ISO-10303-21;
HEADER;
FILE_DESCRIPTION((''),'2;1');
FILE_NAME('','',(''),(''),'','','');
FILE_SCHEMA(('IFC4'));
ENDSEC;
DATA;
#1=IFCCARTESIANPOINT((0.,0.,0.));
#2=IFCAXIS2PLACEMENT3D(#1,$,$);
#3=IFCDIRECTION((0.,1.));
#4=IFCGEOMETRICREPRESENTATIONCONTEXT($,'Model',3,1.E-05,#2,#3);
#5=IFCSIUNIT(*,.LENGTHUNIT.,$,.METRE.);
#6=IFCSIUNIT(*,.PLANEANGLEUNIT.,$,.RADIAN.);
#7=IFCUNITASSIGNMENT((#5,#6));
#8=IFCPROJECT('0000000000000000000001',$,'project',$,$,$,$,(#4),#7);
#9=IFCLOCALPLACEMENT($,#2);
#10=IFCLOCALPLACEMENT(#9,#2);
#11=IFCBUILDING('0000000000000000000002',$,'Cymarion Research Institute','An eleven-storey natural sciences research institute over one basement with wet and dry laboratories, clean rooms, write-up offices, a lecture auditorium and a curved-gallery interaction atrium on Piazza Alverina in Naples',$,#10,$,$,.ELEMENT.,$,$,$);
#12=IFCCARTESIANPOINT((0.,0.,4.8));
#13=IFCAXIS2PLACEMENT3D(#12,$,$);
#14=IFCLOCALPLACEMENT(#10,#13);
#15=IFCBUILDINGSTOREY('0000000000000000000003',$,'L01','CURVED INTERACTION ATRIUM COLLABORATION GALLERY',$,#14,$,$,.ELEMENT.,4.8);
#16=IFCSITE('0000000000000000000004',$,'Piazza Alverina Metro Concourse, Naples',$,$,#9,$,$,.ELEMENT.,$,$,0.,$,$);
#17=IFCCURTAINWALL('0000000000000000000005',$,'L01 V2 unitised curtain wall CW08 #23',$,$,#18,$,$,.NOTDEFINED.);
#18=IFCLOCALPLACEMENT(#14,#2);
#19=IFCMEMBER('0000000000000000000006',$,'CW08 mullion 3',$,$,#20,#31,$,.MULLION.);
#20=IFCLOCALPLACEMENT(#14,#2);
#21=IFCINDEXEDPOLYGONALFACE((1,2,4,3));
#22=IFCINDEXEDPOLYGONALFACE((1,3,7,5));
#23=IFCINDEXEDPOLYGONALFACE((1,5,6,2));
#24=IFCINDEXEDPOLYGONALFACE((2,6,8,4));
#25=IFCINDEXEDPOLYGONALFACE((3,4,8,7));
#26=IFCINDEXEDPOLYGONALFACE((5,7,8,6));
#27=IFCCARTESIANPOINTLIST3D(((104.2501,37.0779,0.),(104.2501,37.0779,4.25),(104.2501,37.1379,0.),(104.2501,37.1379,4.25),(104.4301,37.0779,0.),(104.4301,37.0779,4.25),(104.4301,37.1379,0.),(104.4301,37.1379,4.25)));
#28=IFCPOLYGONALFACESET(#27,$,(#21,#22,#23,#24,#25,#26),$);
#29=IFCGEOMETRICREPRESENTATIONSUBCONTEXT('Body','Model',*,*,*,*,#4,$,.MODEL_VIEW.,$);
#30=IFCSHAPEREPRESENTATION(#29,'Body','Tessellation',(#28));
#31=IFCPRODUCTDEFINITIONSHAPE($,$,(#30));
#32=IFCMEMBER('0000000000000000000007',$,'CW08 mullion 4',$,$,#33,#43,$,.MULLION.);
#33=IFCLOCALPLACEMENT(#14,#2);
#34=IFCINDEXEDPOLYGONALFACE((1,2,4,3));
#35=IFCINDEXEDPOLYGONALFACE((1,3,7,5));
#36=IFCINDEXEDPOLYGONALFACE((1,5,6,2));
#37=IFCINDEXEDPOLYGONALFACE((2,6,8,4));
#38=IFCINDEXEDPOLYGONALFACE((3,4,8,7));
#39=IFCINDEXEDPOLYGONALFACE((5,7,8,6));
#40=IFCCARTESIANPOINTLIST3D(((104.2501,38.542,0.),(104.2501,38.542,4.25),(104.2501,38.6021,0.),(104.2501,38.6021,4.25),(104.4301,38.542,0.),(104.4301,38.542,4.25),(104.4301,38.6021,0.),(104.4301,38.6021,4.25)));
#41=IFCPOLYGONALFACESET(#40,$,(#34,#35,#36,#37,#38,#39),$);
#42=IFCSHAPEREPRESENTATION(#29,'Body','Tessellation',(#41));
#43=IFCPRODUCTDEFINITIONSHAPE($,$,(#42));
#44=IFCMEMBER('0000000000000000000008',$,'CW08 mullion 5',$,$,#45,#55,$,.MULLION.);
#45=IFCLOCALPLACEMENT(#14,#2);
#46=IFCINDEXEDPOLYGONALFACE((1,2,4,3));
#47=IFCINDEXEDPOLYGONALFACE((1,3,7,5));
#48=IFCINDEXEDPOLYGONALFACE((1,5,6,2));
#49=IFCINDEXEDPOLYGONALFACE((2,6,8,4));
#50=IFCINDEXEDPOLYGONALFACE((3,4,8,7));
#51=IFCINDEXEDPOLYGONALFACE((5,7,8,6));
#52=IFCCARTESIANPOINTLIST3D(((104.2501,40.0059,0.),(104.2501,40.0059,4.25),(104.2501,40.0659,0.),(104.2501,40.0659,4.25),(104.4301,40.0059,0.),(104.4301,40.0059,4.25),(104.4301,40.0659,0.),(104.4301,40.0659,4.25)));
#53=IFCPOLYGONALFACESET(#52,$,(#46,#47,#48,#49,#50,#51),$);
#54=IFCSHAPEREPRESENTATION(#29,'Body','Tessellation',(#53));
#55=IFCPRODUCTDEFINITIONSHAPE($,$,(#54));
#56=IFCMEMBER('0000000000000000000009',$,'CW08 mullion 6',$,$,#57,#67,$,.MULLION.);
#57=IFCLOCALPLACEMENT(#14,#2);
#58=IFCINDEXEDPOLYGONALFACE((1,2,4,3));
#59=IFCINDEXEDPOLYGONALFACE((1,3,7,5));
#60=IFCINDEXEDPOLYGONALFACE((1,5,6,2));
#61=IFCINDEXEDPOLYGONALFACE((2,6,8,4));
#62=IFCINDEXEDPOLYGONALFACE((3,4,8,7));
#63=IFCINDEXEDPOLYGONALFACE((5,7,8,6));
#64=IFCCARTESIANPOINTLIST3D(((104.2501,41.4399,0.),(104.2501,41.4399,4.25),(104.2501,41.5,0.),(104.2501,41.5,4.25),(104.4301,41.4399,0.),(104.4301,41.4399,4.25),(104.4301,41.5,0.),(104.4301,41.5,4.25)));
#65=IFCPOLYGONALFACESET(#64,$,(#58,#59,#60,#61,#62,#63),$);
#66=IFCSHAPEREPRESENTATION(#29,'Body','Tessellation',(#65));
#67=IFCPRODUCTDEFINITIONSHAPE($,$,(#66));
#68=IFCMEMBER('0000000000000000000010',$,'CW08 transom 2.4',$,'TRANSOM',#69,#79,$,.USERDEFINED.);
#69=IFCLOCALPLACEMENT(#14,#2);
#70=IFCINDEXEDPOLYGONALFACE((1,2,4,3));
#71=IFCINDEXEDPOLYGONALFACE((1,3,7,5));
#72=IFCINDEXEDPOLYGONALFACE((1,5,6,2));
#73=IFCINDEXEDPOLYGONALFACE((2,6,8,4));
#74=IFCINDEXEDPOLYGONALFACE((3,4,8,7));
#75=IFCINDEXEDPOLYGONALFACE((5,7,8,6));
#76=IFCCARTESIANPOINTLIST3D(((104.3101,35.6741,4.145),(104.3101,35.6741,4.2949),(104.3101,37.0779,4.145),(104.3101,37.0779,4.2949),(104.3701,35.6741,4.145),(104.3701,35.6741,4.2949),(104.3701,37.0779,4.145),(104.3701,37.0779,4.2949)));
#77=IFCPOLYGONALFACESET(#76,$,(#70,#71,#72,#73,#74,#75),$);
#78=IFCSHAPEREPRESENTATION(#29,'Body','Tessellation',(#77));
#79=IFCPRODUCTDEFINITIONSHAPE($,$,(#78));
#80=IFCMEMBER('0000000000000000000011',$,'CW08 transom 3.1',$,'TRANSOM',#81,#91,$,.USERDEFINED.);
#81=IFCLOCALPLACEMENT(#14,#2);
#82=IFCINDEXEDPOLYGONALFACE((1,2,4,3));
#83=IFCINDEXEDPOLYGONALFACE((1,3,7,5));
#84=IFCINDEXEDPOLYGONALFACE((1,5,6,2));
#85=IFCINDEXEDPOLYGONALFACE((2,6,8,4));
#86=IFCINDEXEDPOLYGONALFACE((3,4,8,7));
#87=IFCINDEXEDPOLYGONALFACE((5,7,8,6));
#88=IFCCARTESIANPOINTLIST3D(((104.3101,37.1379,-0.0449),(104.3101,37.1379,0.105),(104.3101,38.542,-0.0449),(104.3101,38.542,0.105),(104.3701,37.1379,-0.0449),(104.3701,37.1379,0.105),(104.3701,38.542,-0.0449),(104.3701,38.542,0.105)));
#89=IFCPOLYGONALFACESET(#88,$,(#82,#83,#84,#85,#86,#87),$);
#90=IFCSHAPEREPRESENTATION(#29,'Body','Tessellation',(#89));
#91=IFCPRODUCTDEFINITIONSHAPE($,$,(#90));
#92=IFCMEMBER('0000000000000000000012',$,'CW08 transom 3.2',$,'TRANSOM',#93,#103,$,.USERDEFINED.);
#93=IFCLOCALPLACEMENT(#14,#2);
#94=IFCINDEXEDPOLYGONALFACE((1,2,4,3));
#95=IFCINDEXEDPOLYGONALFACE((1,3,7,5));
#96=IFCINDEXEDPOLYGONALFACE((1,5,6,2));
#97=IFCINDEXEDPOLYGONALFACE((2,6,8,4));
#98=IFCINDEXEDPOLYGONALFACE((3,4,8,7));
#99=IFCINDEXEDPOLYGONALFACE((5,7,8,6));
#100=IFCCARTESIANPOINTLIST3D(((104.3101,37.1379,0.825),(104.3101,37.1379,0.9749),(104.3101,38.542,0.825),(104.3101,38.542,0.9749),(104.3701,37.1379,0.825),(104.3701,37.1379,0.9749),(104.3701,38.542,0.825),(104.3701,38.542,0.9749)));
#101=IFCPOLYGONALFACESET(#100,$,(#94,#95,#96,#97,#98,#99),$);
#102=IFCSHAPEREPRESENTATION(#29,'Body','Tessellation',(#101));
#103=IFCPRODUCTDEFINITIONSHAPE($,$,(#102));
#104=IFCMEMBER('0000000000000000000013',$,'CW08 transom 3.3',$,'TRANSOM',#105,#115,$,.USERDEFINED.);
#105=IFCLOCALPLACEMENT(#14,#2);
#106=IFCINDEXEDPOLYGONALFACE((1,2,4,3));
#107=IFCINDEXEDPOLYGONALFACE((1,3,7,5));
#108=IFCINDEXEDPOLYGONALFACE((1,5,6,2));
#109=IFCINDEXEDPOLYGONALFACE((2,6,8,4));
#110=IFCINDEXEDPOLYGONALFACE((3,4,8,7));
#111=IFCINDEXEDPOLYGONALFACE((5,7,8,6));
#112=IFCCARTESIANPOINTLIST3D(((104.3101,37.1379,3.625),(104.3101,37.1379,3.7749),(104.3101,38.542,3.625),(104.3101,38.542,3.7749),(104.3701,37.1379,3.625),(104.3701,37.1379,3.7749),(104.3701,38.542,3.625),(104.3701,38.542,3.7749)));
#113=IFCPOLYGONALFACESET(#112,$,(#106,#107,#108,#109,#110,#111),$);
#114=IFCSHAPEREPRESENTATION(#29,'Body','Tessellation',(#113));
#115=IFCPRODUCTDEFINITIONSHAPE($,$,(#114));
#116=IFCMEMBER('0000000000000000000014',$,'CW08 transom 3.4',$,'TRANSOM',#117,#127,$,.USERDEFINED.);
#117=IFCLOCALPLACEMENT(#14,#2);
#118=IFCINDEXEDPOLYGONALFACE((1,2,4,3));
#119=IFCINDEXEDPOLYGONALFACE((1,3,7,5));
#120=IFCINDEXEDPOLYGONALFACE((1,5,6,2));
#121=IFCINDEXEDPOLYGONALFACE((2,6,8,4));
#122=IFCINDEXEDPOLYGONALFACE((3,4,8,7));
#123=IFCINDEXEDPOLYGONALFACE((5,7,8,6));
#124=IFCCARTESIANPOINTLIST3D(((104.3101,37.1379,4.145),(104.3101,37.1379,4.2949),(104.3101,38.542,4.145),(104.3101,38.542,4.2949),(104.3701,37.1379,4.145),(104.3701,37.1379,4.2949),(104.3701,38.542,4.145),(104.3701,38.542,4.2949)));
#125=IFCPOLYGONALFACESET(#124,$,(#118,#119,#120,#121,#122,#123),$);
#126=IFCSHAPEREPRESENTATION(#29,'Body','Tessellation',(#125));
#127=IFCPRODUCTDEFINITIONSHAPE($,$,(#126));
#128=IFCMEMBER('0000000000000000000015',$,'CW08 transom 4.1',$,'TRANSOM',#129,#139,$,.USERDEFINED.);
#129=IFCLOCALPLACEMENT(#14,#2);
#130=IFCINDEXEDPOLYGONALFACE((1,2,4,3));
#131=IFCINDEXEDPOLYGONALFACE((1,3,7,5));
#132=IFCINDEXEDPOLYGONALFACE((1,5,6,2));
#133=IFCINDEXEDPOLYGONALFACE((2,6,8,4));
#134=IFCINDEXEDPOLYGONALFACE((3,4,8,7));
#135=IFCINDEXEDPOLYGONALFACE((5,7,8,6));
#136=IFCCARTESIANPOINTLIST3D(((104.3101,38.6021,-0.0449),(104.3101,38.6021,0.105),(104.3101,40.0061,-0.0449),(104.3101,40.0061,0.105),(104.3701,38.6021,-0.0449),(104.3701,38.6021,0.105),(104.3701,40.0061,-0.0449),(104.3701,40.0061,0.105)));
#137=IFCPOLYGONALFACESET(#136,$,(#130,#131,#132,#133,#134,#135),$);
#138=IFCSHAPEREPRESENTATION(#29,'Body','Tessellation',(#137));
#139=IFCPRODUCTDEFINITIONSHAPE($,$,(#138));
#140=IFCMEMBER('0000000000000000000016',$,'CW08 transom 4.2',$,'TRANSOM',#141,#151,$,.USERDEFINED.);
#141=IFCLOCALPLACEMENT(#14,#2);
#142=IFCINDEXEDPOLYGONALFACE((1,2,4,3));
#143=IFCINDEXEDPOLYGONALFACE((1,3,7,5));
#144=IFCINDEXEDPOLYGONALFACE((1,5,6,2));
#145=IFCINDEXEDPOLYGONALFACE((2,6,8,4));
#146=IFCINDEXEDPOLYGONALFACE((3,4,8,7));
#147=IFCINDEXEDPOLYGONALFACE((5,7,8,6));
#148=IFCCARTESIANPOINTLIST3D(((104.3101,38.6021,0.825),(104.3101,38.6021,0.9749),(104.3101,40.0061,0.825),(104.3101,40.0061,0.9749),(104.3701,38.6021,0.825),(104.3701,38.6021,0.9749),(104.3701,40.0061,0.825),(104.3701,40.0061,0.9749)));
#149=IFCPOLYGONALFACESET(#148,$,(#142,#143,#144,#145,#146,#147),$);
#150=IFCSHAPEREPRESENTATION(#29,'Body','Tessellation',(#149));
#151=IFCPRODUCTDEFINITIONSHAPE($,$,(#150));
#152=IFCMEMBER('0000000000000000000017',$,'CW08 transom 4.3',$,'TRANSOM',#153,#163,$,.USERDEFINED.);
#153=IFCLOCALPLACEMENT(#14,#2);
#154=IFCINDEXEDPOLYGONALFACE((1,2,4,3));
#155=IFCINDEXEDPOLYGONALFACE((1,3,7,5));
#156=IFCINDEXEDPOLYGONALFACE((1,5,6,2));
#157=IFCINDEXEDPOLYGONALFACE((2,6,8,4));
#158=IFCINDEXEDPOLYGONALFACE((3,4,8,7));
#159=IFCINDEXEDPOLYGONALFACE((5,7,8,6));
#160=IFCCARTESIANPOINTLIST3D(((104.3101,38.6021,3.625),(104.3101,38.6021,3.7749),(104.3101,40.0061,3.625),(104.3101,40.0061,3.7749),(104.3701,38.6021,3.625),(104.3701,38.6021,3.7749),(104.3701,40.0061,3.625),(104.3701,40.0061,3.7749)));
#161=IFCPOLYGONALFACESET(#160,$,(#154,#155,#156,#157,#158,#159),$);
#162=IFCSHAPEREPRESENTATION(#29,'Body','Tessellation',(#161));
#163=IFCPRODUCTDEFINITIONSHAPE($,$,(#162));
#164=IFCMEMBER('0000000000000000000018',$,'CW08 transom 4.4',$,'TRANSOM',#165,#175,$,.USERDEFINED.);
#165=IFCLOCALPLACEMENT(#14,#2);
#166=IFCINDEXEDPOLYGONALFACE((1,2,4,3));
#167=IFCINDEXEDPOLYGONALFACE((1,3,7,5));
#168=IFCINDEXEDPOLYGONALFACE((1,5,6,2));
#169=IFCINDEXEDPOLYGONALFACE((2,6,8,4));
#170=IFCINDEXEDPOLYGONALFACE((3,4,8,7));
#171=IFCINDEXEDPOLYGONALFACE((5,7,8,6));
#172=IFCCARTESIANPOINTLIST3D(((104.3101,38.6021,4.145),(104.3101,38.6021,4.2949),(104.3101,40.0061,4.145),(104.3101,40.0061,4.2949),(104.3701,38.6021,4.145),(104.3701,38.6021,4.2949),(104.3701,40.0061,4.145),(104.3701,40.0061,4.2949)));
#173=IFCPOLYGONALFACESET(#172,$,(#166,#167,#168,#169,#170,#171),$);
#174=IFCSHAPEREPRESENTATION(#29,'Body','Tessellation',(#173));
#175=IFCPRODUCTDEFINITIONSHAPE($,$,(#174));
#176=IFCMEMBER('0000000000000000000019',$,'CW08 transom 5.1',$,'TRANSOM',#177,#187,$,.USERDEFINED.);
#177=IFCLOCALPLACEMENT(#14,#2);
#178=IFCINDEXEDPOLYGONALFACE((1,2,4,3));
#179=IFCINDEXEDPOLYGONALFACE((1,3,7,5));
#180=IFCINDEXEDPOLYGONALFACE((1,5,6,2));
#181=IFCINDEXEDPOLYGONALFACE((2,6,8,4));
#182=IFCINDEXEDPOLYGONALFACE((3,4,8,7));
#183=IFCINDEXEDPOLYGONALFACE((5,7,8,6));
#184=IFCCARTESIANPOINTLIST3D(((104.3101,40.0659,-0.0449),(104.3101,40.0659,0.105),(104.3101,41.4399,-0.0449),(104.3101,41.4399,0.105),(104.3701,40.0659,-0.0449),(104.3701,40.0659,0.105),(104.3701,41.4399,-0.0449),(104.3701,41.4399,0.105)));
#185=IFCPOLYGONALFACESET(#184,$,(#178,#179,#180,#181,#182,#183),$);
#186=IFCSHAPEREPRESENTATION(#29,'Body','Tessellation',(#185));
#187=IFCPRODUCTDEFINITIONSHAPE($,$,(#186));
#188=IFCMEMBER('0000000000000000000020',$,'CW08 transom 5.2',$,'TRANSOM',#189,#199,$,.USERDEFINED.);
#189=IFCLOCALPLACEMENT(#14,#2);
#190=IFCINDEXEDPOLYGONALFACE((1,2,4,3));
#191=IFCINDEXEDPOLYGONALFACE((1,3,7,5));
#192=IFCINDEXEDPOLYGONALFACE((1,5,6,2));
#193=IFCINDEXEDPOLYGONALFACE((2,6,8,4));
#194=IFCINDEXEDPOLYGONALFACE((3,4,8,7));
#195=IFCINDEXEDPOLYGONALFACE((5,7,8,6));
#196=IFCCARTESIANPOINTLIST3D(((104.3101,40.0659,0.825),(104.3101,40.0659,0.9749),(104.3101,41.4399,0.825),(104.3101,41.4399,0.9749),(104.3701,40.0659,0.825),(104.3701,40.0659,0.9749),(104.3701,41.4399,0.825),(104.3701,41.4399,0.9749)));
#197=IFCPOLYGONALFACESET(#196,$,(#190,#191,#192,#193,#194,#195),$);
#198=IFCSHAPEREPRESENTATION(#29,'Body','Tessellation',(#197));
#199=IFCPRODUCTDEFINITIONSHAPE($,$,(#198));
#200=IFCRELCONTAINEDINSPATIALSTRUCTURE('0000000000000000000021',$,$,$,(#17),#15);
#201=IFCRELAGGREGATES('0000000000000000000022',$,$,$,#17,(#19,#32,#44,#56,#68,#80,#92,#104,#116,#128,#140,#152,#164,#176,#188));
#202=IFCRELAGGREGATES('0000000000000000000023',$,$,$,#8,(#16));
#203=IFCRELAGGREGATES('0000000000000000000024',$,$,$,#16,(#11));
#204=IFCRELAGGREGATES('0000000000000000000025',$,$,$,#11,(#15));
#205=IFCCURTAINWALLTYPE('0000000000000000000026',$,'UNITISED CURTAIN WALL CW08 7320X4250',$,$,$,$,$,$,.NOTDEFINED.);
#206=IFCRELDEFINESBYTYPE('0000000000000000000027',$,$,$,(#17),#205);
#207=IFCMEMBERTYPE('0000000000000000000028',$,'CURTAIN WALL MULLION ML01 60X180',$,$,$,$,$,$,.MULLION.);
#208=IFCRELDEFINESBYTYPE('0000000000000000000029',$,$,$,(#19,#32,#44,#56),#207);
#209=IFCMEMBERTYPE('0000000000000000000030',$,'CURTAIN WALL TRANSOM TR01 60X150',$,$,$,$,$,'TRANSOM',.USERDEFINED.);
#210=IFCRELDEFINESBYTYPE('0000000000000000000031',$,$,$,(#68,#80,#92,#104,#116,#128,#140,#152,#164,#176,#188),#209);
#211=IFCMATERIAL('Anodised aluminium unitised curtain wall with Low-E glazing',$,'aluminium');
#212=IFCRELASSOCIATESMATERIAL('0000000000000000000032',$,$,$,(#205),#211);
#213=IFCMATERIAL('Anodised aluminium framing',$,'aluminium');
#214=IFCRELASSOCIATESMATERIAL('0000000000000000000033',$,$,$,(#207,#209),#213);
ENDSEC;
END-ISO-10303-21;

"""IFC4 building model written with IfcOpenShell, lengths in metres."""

from ifc_helpers import new_model, si_unit, direction, frame, origin, origin_2d, place, context, subcontext, project, spatial, rectangle, extrude, material, material_profile, profile_set, type_object, element, aggregate, save


model = new_model("IFC4")

# Units and contexts
model_context = context("Model", 3, precision=1e-05, world=origin(), true_north=direction((0.0, 1.0)))
body_context = subcontext(model_context, "Body", "Model", "MODEL_VIEW")
ifc_project = project(units=[si_unit("LENGTHUNIT", "METRE"), si_unit("PLANEANGLEUNIT", "RADIAN")], contexts=[model_context])

# Site, building, storey
site_placement = place(None, origin())
site = spatial("IfcSite", under=ifc_project, at=site_placement, Name="Piazza Alverina Metro Concourse, Naples", CompositionType="ELEMENT", RefElevation=0.0)
building_placement = place(site_placement, origin())
building = spatial("IfcBuilding", under=site, at=building_placement, Name="Cymarion Research Institute", Description="An eleven-storey natural sciences research institute over one basement with wet and dry laboratories, clean rooms, write-up offices, a lecture auditorium and a curved-gallery interaction atrium on Piazza Alverina in Naples", CompositionType="ELEMENT")
storey_placement = place(building_placement, frame((0.0, 0.0, 4.8)))
storey = spatial("IfcBuildingStorey", under=building, at=storey_placement, Name="L01", Description="CURVED INTERACTION ATRIUM COLLABORATION GALLERY", CompositionType="ELEMENT", Elevation=4.8)

# Curtain wall, members
ifc_material_1 = material(Name="Anodised aluminium unitised curtain wall with Low-E glazing", Category="aluminium")
curtain_wall_type = type_object("IfcCurtainWallType", Name="UNITISED CURTAIN WALL CW08 7320X4250", PredefinedType="NOTDEFINED", material=ifc_material_1)
curtain_wall_placement = place(storey_placement, origin())
curtain_wall = element("IfcCurtainWall", 1, at=curtain_wall_placement, inside=storey, type_object=curtain_wall_type, Name="L01 V2 unitised curtain wall CW08 #23", PredefinedType="NOTDEFINED")
ifc_material_2 = material(Name="Anodised aluminium framing", Category="aluminium")
ifc_material_profile_1 = material_profile(ifc_material_2, rectangle(XDim=0.0601, YDim=0.1799, at=origin_2d()), Name="ALU MULLION 60x180")
ifc_profile_set_1 = profile_set([ifc_material_profile_1], Name="Anodised aluminium framing")
member_type_1 = type_object("IfcMemberType", Name="CURTAIN WALL MULLION ML01 60X180", PredefinedType="MULLION", material=ifc_profile_set_1)
member_1_placement = place(storey_placement, frame((104.3401, 37.1079, 0.0), z_axis=(0.0, 0.0, 1.0), x_axis=(0.0, 1.0, 0.0)))
member_1 = element("IfcMember", 2, at=member_1_placement, type_object=member_type_1, Name="CW08 mullion 3", PredefinedType="MULLION", context=body_context, shape_type="SweptSolid", body=[
    extrude(rectangle(XDim=0.0601, YDim=0.1799, at=origin_2d()), origin(), (0.0, 0.0, 1.0), 4.25),
])
member_2_placement = place(storey_placement, frame((104.3401, 38.572, 0.0), z_axis=(0.0, 0.0, 1.0), x_axis=(0.0, 1.0, 0.0)))
member_2 = element("IfcMember", 3, at=member_2_placement, type_object=member_type_1, Name="CW08 mullion 4", PredefinedType="MULLION", context=body_context, shape_type="SweptSolid", body=[
    extrude(rectangle(XDim=0.0601, YDim=0.1799, at=origin_2d()), origin(), (0.0, 0.0, 1.0), 4.25),
])
member_3_placement = place(storey_placement, frame((104.3401, 40.0359, 0.0), z_axis=(0.0, 0.0, 1.0), x_axis=(0.0, 1.0, 0.0)))
member_3 = element("IfcMember", 4, at=member_3_placement, type_object=member_type_1, Name="CW08 mullion 5", PredefinedType="MULLION", context=body_context, shape_type="SweptSolid", body=[
    extrude(rectangle(XDim=0.0601, YDim=0.1799, at=origin_2d()), origin(), (0.0, 0.0, 1.0), 4.25),
])
member_4_placement = place(storey_placement, frame((104.3401, 41.47, 0.0), z_axis=(0.0, 0.0, 1.0), x_axis=(0.0, 1.0, 0.0)))
member_4 = element("IfcMember", 5, at=member_4_placement, type_object=member_type_1, Name="CW08 mullion 6", PredefinedType="MULLION", context=body_context, shape_type="SweptSolid", body=[
    extrude(rectangle(XDim=0.0601, YDim=0.1799, at=origin_2d()), origin(), (0.0, 0.0, 1.0), 4.25),
])
ifc_material_profile_2 = material_profile(ifc_material_2, rectangle(XDim=0.0601, YDim=0.1499, at=origin_2d()), Name="ALU TRANSOM 60x150")
ifc_profile_set_2 = profile_set([ifc_material_profile_2], Name="Anodised aluminium framing")
member_type_2 = type_object("IfcMemberType", Name="CURTAIN WALL TRANSOM TR01 60X150", ElementType="TRANSOM", PredefinedType="USERDEFINED", material=ifc_profile_set_2)
member_5_placement = place(storey_placement, frame((104.3401, 35.6741, 4.22), z_axis=(0.0, 1.0, 0.0), x_axis=(-1.0, 0.0, 0.0)))
member_5 = element("IfcMember", 6, at=member_5_placement, type_object=member_type_2, Name="CW08 transom 2.4", ObjectType="TRANSOM", PredefinedType="USERDEFINED", context=body_context, shape_type="SweptSolid", body=[
    extrude(rectangle(XDim=0.0601, YDim=0.1499, at=origin_2d()), origin(), (0.0, 0.0, 1.0), 1.4038),
])
member_6_placement = place(storey_placement, frame((104.3401, 37.1379, 0.03), z_axis=(0.0, 1.0, 0.0), x_axis=(-1.0, 0.0, 0.0)))
member_6 = element("IfcMember", 7, at=member_6_placement, type_object=member_type_2, Name="CW08 transom 3.1", ObjectType="TRANSOM", PredefinedType="USERDEFINED", context=body_context, shape_type="SweptSolid", body=[
    extrude(rectangle(XDim=0.0601, YDim=0.1499, at=origin_2d()), origin(), (0.0, 0.0, 1.0), 1.4041),
])
member_7_placement = place(storey_placement, frame((104.3401, 37.1379, 0.8999), z_axis=(0.0, 1.0, 0.0), x_axis=(-1.0, 0.0, 0.0)))
member_7 = element("IfcMember", 8, at=member_7_placement, type_object=member_type_2, Name="CW08 transom 3.2", ObjectType="TRANSOM", PredefinedType="USERDEFINED", context=body_context, shape_type="SweptSolid", body=[
    extrude(rectangle(XDim=0.0601, YDim=0.1499, at=origin_2d()), origin(), (0.0, 0.0, 1.0), 1.4041),
])
member_8_placement = place(storey_placement, frame((104.3401, 37.1379, 3.7), z_axis=(0.0, 1.0, 0.0), x_axis=(-1.0, 0.0, 0.0)))
member_8 = element("IfcMember", 9, at=member_8_placement, type_object=member_type_2, Name="CW08 transom 3.3", ObjectType="TRANSOM", PredefinedType="USERDEFINED", context=body_context, shape_type="SweptSolid", body=[
    extrude(rectangle(XDim=0.0601, YDim=0.1499, at=origin_2d()), origin(), (0.0, 0.0, 1.0), 1.4041),
])
member_9_placement = place(storey_placement, frame((104.3401, 37.1379, 4.22), z_axis=(0.0, 1.0, 0.0), x_axis=(-1.0, 0.0, 0.0)))
member_9 = element("IfcMember", 10, at=member_9_placement, type_object=member_type_2, Name="CW08 transom 3.4", ObjectType="TRANSOM", PredefinedType="USERDEFINED", context=body_context, shape_type="SweptSolid", body=[
    extrude(rectangle(XDim=0.0601, YDim=0.1499, at=origin_2d()), origin(), (0.0, 0.0, 1.0), 1.4041),
])
member_10_placement = place(storey_placement, frame((104.3401, 38.6021, 0.03), z_axis=(0.0, 1.0, 0.0), x_axis=(-1.0, 0.0, 0.0)))
member_10 = element("IfcMember", 11, at=member_10_placement, type_object=member_type_2, Name="CW08 transom 4.1", ObjectType="TRANSOM", PredefinedType="USERDEFINED", context=body_context, shape_type="SweptSolid", body=[
    extrude(rectangle(XDim=0.0601, YDim=0.1499, at=origin_2d()), origin(), (0.0, 0.0, 1.0), 1.4041),
])
member_11_placement = place(storey_placement, frame((104.3401, 38.6021, 0.8999), z_axis=(0.0, 1.0, 0.0), x_axis=(-1.0, 0.0, 0.0)))
member_11 = element("IfcMember", 12, at=member_11_placement, type_object=member_type_2, Name="CW08 transom 4.2", ObjectType="TRANSOM", PredefinedType="USERDEFINED", context=body_context, shape_type="SweptSolid", body=[
    extrude(rectangle(XDim=0.0601, YDim=0.1499, at=origin_2d()), origin(), (0.0, 0.0, 1.0), 1.4041),
])
member_12_placement = place(storey_placement, frame((104.3401, 38.6021, 3.7), z_axis=(0.0, 1.0, 0.0), x_axis=(-1.0, 0.0, 0.0)))
member_12 = element("IfcMember", 13, at=member_12_placement, type_object=member_type_2, Name="CW08 transom 4.3", ObjectType="TRANSOM", PredefinedType="USERDEFINED", context=body_context, shape_type="SweptSolid", body=[
    extrude(rectangle(XDim=0.0601, YDim=0.1499, at=origin_2d()), origin(), (0.0, 0.0, 1.0), 1.4041),
])
member_13_placement = place(storey_placement, frame((104.3401, 38.6021, 4.22), z_axis=(0.0, 1.0, 0.0), x_axis=(-1.0, 0.0, 0.0)))
member_13 = element("IfcMember", 14, at=member_13_placement, type_object=member_type_2, Name="CW08 transom 4.4", ObjectType="TRANSOM", PredefinedType="USERDEFINED", context=body_context, shape_type="SweptSolid", body=[
    extrude(rectangle(XDim=0.0601, YDim=0.1499, at=origin_2d()), origin(), (0.0, 0.0, 1.0), 1.4041),
])
member_14_placement = place(storey_placement, frame((104.3401, 40.0659, 0.03), z_axis=(0.0, 1.0, 0.0), x_axis=(-1.0, 0.0, 0.0)))
member_14 = element("IfcMember", 15, at=member_14_placement, type_object=member_type_2, Name="CW08 transom 5.1", ObjectType="TRANSOM", PredefinedType="USERDEFINED", context=body_context, shape_type="SweptSolid", body=[
    extrude(rectangle(XDim=0.0601, YDim=0.1499, at=origin_2d()), origin(), (0.0, 0.0, 1.0), 1.374),
])
member_15_placement = place(storey_placement, frame((104.3401, 40.0659, 0.8999), z_axis=(0.0, 1.0, 0.0), x_axis=(-1.0, 0.0, 0.0)))
member_15 = element("IfcMember", 16, at=member_15_placement, type_object=member_type_2, Name="CW08 transom 5.2", ObjectType="TRANSOM", PredefinedType="USERDEFINED", context=body_context, shape_type="SweptSolid", body=[
    extrude(rectangle(XDim=0.0601, YDim=0.1499, at=origin_2d()), origin(), (0.0, 0.0, 1.0), 1.374),
])
aggregate(curtain_wall, [member_1, member_2, member_3, member_4, member_5, member_6, member_7, member_8, member_9, member_10, member_11, member_12, member_13, member_14, member_15])

save(model, "model.ifc")
